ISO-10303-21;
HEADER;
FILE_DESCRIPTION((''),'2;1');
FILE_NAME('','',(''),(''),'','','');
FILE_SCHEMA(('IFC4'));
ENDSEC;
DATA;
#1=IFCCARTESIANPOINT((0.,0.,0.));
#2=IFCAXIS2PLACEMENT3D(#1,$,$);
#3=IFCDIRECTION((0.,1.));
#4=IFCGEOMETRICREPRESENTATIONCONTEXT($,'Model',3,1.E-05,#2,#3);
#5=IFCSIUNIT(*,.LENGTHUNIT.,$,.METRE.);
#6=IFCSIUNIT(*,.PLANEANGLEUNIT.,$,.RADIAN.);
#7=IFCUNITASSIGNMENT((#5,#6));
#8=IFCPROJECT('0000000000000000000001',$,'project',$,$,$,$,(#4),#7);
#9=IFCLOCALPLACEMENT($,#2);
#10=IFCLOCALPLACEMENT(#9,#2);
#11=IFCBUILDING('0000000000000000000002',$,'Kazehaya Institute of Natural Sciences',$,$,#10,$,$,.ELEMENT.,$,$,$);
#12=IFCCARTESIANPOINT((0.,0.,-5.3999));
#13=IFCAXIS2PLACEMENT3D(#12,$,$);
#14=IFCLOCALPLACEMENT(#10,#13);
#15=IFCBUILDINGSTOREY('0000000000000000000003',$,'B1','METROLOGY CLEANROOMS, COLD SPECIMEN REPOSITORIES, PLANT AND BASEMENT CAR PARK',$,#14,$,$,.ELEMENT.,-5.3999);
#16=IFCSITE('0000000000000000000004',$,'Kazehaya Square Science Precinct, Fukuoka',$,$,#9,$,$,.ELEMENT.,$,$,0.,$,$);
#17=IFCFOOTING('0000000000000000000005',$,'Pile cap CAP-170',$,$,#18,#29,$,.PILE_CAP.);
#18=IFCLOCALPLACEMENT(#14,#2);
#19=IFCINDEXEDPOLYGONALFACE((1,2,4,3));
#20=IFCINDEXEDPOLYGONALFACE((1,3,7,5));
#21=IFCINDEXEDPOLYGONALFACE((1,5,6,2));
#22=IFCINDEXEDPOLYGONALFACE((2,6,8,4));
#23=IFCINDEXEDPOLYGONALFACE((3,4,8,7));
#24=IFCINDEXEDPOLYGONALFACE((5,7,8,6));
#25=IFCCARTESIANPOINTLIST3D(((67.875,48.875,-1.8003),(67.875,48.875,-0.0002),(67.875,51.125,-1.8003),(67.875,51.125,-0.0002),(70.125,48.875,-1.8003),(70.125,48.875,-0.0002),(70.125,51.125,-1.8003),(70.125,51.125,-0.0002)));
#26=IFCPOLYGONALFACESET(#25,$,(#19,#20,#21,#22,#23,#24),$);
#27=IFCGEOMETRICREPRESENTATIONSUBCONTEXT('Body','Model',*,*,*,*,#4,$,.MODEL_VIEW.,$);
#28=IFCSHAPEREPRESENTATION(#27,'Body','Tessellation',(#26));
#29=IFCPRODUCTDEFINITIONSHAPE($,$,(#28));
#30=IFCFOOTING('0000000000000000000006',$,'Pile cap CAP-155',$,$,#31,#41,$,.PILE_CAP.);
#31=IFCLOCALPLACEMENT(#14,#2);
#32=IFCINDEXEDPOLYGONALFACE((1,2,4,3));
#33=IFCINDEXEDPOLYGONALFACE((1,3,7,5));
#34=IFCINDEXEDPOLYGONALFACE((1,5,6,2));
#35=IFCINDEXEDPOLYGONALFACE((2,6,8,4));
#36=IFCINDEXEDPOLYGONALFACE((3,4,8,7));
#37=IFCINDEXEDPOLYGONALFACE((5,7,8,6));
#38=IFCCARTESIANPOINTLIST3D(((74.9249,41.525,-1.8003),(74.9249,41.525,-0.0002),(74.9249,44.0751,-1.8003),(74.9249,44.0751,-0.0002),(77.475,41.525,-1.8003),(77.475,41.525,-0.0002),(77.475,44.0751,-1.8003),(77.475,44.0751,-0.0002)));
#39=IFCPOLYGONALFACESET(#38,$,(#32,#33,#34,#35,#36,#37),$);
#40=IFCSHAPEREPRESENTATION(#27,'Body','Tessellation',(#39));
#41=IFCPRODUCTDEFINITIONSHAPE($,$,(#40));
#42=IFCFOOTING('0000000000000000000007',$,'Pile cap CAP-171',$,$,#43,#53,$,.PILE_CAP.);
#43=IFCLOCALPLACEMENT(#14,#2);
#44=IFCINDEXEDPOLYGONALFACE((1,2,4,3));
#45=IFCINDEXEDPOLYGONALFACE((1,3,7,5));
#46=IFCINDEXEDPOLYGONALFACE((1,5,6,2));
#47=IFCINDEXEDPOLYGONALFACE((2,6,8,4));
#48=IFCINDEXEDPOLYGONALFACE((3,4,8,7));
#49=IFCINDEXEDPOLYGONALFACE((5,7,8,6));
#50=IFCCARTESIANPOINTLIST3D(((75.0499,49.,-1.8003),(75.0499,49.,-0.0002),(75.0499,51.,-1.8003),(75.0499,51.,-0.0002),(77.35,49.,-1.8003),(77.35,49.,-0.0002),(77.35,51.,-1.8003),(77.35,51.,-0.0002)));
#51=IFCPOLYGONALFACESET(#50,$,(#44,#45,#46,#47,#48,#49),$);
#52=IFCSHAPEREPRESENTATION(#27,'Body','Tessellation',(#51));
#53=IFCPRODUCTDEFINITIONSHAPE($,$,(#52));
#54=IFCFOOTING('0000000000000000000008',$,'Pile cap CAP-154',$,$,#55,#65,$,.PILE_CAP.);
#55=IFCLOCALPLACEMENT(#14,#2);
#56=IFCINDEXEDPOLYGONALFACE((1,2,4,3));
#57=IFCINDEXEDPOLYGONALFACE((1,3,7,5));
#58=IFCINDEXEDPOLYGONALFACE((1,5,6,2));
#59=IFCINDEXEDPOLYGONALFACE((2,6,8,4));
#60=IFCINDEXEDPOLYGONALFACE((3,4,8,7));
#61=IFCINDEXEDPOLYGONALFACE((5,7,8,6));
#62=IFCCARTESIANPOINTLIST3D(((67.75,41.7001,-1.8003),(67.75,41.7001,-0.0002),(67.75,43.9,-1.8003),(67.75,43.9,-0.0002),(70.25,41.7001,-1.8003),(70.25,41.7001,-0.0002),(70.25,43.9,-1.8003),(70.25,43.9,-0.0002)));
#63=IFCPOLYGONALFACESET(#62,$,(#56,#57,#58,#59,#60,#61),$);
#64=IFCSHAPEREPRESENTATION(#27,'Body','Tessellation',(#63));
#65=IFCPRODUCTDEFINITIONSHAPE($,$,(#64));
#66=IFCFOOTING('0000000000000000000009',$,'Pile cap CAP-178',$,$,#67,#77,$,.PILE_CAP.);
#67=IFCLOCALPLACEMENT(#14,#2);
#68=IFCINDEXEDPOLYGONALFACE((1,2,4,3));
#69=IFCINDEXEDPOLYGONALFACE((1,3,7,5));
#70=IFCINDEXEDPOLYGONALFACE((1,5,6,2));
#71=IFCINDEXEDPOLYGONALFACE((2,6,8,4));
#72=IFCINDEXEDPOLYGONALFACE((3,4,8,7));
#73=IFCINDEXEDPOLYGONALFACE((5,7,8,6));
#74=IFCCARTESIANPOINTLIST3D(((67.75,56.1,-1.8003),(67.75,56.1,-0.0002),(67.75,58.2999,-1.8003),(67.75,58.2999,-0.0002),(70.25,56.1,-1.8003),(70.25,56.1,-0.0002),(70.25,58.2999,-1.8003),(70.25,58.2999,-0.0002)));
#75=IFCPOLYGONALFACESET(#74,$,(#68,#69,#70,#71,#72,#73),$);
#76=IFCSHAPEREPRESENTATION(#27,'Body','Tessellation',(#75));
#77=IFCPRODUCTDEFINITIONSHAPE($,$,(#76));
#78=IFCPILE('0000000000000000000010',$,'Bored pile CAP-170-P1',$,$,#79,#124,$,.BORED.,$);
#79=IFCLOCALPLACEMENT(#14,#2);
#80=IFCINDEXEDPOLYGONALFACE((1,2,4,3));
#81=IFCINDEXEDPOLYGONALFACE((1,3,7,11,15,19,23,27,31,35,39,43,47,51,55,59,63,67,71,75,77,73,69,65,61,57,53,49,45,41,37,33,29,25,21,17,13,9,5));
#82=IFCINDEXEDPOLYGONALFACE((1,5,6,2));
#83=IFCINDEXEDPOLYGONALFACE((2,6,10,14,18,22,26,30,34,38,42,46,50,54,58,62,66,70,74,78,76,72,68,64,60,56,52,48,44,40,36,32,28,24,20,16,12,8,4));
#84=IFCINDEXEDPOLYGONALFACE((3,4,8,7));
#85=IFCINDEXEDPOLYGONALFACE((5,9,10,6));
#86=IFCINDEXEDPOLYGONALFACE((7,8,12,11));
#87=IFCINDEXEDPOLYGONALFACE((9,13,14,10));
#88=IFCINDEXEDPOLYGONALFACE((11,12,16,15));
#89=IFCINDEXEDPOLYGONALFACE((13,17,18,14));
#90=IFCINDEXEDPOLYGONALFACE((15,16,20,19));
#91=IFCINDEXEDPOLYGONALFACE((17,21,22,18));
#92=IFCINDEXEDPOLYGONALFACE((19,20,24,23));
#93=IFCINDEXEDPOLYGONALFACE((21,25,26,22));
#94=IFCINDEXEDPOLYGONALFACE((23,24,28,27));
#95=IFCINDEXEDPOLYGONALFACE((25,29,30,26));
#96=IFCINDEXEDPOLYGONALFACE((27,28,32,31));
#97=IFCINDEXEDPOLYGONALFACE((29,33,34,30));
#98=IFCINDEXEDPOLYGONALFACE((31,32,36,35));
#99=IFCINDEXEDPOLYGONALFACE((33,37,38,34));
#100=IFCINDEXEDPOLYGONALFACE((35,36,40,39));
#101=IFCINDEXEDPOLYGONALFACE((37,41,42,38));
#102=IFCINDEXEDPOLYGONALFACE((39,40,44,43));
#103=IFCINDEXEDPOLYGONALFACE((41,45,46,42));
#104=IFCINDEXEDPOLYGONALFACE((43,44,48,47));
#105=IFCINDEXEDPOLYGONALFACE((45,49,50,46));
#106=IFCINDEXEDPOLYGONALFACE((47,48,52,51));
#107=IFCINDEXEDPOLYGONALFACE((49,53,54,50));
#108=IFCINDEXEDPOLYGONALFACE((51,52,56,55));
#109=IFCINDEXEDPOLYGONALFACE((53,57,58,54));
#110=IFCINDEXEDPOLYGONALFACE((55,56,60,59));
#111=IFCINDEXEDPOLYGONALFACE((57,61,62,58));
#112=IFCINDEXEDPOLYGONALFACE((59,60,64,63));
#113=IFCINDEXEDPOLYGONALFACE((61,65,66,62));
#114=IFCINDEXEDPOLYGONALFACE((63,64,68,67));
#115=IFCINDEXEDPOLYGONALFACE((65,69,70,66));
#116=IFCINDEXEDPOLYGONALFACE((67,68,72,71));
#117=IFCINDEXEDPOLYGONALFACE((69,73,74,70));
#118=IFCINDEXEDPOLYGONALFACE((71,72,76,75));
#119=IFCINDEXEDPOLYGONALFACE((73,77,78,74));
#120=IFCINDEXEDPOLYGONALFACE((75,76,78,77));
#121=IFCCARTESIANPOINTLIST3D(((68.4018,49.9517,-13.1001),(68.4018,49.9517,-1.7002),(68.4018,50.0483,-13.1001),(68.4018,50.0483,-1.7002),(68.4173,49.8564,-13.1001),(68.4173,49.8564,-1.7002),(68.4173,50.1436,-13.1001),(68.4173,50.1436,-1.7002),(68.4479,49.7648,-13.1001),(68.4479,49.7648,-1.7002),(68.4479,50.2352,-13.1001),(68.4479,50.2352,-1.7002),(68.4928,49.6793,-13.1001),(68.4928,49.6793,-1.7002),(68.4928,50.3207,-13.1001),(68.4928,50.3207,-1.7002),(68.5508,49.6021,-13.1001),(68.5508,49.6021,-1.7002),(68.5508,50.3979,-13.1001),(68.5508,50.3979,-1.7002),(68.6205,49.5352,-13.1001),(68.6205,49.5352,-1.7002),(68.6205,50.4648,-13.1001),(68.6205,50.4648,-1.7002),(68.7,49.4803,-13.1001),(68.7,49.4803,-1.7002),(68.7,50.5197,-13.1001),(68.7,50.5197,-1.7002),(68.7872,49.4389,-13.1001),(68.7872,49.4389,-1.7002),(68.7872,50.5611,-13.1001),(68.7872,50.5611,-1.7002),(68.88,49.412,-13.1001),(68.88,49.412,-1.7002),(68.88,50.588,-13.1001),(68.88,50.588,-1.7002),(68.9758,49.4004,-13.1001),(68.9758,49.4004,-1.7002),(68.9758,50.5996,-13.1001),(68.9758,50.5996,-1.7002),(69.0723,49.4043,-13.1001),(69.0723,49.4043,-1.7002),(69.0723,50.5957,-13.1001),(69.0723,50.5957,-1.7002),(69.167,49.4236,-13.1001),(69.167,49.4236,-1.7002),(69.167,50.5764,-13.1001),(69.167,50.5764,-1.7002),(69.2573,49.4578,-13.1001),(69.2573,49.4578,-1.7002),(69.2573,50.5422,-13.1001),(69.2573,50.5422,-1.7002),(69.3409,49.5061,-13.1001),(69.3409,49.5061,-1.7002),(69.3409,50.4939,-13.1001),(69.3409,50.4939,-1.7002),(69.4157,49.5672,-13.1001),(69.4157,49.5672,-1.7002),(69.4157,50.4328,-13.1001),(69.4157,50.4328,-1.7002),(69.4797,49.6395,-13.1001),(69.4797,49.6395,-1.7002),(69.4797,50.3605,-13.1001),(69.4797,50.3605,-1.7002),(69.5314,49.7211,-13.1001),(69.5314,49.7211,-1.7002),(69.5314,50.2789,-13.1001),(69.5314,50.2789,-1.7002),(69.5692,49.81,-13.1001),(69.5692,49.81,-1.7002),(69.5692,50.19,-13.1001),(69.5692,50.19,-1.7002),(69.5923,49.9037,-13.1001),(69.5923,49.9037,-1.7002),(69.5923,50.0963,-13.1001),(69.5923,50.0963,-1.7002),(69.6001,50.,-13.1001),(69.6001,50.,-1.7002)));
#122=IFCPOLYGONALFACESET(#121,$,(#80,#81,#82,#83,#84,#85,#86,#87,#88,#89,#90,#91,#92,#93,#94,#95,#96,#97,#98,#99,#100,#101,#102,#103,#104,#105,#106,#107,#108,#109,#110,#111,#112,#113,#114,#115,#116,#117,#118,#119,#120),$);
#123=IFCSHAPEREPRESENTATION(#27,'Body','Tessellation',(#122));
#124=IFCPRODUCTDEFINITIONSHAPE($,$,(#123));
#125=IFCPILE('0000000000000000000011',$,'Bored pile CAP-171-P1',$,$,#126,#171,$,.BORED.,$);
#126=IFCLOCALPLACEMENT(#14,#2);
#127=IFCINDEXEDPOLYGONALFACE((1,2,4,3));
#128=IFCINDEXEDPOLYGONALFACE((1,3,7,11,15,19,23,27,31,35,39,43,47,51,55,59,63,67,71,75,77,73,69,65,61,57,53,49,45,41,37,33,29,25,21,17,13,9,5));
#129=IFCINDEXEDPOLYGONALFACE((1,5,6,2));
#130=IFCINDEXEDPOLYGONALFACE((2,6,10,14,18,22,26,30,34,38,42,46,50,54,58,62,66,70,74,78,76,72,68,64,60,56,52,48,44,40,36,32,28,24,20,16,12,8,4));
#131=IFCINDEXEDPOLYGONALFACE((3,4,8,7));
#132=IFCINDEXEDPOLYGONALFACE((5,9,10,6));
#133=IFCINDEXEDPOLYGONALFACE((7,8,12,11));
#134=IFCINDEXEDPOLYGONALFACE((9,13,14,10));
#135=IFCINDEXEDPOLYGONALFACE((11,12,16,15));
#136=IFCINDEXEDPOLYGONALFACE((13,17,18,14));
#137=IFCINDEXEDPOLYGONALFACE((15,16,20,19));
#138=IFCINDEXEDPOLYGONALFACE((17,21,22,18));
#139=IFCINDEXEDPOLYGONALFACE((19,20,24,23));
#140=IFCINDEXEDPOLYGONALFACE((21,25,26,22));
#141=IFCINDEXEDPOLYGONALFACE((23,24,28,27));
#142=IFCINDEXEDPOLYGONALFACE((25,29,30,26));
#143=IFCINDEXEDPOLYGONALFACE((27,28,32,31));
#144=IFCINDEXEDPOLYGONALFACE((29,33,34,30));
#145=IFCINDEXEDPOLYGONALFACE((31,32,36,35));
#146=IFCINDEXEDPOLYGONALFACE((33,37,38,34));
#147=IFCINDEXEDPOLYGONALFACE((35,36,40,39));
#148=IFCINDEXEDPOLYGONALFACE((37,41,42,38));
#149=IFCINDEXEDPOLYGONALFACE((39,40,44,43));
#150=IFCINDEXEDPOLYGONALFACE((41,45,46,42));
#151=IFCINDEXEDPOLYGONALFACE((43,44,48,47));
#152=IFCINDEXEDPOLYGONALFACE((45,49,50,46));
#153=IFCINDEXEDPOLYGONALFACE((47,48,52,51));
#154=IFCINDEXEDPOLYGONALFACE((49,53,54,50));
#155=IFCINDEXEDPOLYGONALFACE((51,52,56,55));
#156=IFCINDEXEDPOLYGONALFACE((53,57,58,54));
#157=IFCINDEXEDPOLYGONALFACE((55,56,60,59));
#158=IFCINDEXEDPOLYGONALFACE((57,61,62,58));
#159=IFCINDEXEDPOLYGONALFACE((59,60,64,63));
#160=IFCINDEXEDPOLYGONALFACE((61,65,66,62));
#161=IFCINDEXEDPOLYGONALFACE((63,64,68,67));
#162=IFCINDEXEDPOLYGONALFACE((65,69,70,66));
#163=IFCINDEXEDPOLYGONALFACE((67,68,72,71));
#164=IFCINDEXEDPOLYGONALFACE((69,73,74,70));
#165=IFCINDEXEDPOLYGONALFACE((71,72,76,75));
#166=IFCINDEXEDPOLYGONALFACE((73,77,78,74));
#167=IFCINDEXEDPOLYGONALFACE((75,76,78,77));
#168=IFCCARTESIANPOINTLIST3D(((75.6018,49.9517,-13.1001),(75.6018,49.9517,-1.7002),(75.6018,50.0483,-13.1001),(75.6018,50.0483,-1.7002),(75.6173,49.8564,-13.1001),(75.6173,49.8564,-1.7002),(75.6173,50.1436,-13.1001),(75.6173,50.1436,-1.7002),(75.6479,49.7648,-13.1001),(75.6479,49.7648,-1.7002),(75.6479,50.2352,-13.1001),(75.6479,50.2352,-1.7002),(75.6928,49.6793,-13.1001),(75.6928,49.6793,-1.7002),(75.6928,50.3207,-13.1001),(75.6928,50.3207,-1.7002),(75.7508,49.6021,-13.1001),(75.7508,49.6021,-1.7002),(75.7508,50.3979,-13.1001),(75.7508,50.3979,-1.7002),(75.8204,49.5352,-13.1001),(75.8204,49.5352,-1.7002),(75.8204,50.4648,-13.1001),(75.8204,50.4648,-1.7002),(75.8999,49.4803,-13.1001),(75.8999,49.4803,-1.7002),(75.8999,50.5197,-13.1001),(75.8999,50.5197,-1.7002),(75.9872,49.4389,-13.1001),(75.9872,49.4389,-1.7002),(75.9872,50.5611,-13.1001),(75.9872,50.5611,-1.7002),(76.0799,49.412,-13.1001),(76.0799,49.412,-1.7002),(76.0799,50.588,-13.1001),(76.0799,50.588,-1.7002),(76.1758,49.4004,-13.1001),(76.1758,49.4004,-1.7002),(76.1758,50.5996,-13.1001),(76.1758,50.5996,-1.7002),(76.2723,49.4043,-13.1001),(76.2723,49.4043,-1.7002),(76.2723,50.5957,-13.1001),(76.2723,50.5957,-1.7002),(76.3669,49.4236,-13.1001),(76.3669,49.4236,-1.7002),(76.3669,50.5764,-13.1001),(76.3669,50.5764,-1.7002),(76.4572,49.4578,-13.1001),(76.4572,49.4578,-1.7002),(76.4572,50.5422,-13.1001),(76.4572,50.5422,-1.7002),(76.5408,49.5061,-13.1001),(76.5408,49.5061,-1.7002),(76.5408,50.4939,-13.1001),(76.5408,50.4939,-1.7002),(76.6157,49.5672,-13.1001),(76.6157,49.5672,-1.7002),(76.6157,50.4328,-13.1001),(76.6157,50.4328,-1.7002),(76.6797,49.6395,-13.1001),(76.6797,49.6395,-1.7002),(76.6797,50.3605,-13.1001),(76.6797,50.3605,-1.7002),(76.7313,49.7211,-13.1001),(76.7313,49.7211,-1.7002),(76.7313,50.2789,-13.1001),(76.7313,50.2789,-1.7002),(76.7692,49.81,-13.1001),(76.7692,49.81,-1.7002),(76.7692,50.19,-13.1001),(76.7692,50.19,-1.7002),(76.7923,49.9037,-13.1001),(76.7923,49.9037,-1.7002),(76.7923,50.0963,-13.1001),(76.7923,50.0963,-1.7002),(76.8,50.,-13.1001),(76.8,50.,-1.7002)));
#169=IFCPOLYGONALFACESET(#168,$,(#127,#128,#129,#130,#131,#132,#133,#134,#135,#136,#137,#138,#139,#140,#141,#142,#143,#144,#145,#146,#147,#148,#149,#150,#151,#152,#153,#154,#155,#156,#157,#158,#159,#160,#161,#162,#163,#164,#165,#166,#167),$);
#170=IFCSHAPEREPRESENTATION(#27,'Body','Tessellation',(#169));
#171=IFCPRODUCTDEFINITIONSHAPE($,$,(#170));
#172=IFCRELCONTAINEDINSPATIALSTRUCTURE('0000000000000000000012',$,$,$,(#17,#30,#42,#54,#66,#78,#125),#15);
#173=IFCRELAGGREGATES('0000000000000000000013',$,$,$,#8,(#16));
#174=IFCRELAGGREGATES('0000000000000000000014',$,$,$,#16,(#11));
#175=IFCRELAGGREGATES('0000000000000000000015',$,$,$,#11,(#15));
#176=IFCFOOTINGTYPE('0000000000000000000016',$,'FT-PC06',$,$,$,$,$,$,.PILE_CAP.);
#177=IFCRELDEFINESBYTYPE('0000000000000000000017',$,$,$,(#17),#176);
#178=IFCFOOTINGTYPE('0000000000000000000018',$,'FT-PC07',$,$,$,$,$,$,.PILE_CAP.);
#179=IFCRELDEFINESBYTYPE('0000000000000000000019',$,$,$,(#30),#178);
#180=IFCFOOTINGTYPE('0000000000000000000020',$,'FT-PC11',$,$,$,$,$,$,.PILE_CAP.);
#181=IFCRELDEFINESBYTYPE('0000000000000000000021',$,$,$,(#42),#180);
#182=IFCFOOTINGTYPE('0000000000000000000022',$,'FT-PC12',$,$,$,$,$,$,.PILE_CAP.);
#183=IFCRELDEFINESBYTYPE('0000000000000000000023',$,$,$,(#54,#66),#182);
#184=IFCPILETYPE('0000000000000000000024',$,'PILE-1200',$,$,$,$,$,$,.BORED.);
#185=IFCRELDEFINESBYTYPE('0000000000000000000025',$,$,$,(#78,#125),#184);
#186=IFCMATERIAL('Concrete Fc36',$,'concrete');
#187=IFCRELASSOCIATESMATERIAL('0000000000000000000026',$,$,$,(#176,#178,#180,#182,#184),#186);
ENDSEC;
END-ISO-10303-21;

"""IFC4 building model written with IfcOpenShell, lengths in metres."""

from ifc_helpers import new_model, si_unit, direction, frame, origin, origin_2d, place, context, subcontext, project, spatial, rectangle, circle, extrude, material, material_profile, profile_set, type_object, element, save


model = new_model("IFC4")

# Units and contexts
model_context = context("Model", 3, precision=1e-05, world=origin(), true_north=direction((0.0, 1.0)))
body_context = subcontext(model_context, "Body", "Model", "MODEL_VIEW")
ifc_project = project(units=[si_unit("LENGTHUNIT", "METRE"), si_unit("PLANEANGLEUNIT", "RADIAN")], contexts=[model_context])

# Site, building, storey
site_placement = place(None, origin())
site = spatial("IfcSite", under=ifc_project, at=site_placement, Name="Kazehaya Square Science Precinct, Fukuoka", CompositionType="ELEMENT", RefElevation=0.0)
building_placement = place(site_placement, origin())
building = spatial("IfcBuilding", under=site, at=building_placement, Name="Kazehaya Institute of Natural Sciences", CompositionType="ELEMENT")
storey_placement = place(building_placement, frame((0.0, 0.0, -5.3999)))
storey = spatial("IfcBuildingStorey", under=building, at=storey_placement, Name="B1", Description="METROLOGY CLEANROOMS, COLD SPECIMEN REPOSITORIES, PLANT AND BASEMENT CAR PARK", CompositionType="ELEMENT", Elevation=-5.3999)

# Footings
ifc_material_1 = material(Name="Concrete Fc36", Category="concrete")
footing_type_1 = type_object("IfcFootingType", Name="FT-PC06", PredefinedType="PILE_CAP", material=ifc_material_1)
footing_1_placement = place(storey_placement, frame((69.0, 50.0, -1.8003), z_axis=(0.0, 0.0, 1.0), x_axis=(1.0, 0.0, 0.0)))
element("IfcFooting", 1, at=footing_1_placement, inside=storey, type_object=footing_type_1, Name="Pile cap CAP-170", PredefinedType="PILE_CAP", context=body_context, shape_type="SweptSolid", body=[
    extrude(rectangle(XDim=2.25, YDim=2.25, at=origin_2d()), origin(), (0.0, 0.0, 1.0), 1.8),
])
footing_type_2 = type_object("IfcFootingType", Name="FT-PC07", PredefinedType="PILE_CAP", material=ifc_material_1)
footing_2_placement = place(storey_placement, frame((76.2, 42.8, -1.8003), z_axis=(0.0, 0.0, 1.0), x_axis=(1.0, 0.0, 0.0)))
element("IfcFooting", 2, at=footing_2_placement, inside=storey, type_object=footing_type_2, Name="Pile cap CAP-155", PredefinedType="PILE_CAP", context=body_context, shape_type="SweptSolid", body=[
    extrude(rectangle(XDim=2.55, YDim=2.55, at=origin_2d()), origin(), (0.0, 0.0, 1.0), 1.8),
])
footing_type_3 = type_object("IfcFootingType", Name="FT-PC11", PredefinedType="PILE_CAP", material=ifc_material_1)
footing_3_placement = place(storey_placement, frame((76.2, 50.0, -1.8003), z_axis=(0.0, 0.0, 1.0), x_axis=(1.0, 0.0, 0.0)))
element("IfcFooting", 3, at=footing_3_placement, inside=storey, type_object=footing_type_3, Name="Pile cap CAP-171", PredefinedType="PILE_CAP", context=body_context, shape_type="SweptSolid", body=[
    extrude(rectangle(XDim=2.3, YDim=2.0, at=origin_2d()), origin(), (0.0, 0.0, 1.0), 1.8),
])
footing_type_4 = type_object("IfcFootingType", Name="FT-PC12", PredefinedType="PILE_CAP", material=ifc_material_1)
for number, where, z_axis, x_axis, name in (
    (4, (69.0, 42.8, -1.8003), (0.0, 0.0, 1.0), (1.0, 0.0, 0.0), "Pile cap CAP-154"),
    (5, (69.0, 57.2, -1.8003), (0.0, 0.0, 1.0), (1.0, 0.0, 0.0), "Pile cap CAP-178"),
):
    element("IfcFooting", number, at=place(storey_placement, frame(where, z_axis=z_axis, x_axis=x_axis)), inside=storey, type_object=footing_type_4, Name=name, PredefinedType="PILE_CAP", context=body_context, shape_type="SweptSolid", body=[
        extrude(rectangle(XDim=2.5, YDim=2.2, at=origin_2d()), origin(), (0.0, 0.0, 1.0), 1.8),
    ])

# Piles
ifc_material_profile_1 = material_profile(ifc_material_1, circle(Radius=0.6001, at=origin_2d()), Name="PILE-1200")
ifc_profile_set_1 = profile_set([ifc_material_profile_1], Name="Concrete Fc36")
pile_type_1 = type_object("IfcPileType", Name="PILE-1200", PredefinedType="BORED", material=ifc_profile_set_1)
for number, where, z_axis, x_axis, name in (
    (6, (69.0, 50.0, -1.7002), (0.0, 0.0, -1.0), (1.0, 0.0, 0.0), "Bored pile CAP-170-P1"),
    (7, (76.2, 50.0, -1.7002), (0.0, 0.0, -1.0), (1.0, 0.0, 0.0), "Bored pile CAP-171-P1"),
):
    element("IfcPile", number, at=place(storey_placement, frame(where, z_axis=z_axis, x_axis=x_axis)), inside=storey, type_object=pile_type_1, Name=name, PredefinedType="BORED", context=body_context, shape_type="SweptSolid", body=[
        extrude(circle(Radius=0.6001, at=origin_2d()), origin(), (0.0, 0.0, 1.0), 11.3999),
    ])

save(model, "model.ifc")
